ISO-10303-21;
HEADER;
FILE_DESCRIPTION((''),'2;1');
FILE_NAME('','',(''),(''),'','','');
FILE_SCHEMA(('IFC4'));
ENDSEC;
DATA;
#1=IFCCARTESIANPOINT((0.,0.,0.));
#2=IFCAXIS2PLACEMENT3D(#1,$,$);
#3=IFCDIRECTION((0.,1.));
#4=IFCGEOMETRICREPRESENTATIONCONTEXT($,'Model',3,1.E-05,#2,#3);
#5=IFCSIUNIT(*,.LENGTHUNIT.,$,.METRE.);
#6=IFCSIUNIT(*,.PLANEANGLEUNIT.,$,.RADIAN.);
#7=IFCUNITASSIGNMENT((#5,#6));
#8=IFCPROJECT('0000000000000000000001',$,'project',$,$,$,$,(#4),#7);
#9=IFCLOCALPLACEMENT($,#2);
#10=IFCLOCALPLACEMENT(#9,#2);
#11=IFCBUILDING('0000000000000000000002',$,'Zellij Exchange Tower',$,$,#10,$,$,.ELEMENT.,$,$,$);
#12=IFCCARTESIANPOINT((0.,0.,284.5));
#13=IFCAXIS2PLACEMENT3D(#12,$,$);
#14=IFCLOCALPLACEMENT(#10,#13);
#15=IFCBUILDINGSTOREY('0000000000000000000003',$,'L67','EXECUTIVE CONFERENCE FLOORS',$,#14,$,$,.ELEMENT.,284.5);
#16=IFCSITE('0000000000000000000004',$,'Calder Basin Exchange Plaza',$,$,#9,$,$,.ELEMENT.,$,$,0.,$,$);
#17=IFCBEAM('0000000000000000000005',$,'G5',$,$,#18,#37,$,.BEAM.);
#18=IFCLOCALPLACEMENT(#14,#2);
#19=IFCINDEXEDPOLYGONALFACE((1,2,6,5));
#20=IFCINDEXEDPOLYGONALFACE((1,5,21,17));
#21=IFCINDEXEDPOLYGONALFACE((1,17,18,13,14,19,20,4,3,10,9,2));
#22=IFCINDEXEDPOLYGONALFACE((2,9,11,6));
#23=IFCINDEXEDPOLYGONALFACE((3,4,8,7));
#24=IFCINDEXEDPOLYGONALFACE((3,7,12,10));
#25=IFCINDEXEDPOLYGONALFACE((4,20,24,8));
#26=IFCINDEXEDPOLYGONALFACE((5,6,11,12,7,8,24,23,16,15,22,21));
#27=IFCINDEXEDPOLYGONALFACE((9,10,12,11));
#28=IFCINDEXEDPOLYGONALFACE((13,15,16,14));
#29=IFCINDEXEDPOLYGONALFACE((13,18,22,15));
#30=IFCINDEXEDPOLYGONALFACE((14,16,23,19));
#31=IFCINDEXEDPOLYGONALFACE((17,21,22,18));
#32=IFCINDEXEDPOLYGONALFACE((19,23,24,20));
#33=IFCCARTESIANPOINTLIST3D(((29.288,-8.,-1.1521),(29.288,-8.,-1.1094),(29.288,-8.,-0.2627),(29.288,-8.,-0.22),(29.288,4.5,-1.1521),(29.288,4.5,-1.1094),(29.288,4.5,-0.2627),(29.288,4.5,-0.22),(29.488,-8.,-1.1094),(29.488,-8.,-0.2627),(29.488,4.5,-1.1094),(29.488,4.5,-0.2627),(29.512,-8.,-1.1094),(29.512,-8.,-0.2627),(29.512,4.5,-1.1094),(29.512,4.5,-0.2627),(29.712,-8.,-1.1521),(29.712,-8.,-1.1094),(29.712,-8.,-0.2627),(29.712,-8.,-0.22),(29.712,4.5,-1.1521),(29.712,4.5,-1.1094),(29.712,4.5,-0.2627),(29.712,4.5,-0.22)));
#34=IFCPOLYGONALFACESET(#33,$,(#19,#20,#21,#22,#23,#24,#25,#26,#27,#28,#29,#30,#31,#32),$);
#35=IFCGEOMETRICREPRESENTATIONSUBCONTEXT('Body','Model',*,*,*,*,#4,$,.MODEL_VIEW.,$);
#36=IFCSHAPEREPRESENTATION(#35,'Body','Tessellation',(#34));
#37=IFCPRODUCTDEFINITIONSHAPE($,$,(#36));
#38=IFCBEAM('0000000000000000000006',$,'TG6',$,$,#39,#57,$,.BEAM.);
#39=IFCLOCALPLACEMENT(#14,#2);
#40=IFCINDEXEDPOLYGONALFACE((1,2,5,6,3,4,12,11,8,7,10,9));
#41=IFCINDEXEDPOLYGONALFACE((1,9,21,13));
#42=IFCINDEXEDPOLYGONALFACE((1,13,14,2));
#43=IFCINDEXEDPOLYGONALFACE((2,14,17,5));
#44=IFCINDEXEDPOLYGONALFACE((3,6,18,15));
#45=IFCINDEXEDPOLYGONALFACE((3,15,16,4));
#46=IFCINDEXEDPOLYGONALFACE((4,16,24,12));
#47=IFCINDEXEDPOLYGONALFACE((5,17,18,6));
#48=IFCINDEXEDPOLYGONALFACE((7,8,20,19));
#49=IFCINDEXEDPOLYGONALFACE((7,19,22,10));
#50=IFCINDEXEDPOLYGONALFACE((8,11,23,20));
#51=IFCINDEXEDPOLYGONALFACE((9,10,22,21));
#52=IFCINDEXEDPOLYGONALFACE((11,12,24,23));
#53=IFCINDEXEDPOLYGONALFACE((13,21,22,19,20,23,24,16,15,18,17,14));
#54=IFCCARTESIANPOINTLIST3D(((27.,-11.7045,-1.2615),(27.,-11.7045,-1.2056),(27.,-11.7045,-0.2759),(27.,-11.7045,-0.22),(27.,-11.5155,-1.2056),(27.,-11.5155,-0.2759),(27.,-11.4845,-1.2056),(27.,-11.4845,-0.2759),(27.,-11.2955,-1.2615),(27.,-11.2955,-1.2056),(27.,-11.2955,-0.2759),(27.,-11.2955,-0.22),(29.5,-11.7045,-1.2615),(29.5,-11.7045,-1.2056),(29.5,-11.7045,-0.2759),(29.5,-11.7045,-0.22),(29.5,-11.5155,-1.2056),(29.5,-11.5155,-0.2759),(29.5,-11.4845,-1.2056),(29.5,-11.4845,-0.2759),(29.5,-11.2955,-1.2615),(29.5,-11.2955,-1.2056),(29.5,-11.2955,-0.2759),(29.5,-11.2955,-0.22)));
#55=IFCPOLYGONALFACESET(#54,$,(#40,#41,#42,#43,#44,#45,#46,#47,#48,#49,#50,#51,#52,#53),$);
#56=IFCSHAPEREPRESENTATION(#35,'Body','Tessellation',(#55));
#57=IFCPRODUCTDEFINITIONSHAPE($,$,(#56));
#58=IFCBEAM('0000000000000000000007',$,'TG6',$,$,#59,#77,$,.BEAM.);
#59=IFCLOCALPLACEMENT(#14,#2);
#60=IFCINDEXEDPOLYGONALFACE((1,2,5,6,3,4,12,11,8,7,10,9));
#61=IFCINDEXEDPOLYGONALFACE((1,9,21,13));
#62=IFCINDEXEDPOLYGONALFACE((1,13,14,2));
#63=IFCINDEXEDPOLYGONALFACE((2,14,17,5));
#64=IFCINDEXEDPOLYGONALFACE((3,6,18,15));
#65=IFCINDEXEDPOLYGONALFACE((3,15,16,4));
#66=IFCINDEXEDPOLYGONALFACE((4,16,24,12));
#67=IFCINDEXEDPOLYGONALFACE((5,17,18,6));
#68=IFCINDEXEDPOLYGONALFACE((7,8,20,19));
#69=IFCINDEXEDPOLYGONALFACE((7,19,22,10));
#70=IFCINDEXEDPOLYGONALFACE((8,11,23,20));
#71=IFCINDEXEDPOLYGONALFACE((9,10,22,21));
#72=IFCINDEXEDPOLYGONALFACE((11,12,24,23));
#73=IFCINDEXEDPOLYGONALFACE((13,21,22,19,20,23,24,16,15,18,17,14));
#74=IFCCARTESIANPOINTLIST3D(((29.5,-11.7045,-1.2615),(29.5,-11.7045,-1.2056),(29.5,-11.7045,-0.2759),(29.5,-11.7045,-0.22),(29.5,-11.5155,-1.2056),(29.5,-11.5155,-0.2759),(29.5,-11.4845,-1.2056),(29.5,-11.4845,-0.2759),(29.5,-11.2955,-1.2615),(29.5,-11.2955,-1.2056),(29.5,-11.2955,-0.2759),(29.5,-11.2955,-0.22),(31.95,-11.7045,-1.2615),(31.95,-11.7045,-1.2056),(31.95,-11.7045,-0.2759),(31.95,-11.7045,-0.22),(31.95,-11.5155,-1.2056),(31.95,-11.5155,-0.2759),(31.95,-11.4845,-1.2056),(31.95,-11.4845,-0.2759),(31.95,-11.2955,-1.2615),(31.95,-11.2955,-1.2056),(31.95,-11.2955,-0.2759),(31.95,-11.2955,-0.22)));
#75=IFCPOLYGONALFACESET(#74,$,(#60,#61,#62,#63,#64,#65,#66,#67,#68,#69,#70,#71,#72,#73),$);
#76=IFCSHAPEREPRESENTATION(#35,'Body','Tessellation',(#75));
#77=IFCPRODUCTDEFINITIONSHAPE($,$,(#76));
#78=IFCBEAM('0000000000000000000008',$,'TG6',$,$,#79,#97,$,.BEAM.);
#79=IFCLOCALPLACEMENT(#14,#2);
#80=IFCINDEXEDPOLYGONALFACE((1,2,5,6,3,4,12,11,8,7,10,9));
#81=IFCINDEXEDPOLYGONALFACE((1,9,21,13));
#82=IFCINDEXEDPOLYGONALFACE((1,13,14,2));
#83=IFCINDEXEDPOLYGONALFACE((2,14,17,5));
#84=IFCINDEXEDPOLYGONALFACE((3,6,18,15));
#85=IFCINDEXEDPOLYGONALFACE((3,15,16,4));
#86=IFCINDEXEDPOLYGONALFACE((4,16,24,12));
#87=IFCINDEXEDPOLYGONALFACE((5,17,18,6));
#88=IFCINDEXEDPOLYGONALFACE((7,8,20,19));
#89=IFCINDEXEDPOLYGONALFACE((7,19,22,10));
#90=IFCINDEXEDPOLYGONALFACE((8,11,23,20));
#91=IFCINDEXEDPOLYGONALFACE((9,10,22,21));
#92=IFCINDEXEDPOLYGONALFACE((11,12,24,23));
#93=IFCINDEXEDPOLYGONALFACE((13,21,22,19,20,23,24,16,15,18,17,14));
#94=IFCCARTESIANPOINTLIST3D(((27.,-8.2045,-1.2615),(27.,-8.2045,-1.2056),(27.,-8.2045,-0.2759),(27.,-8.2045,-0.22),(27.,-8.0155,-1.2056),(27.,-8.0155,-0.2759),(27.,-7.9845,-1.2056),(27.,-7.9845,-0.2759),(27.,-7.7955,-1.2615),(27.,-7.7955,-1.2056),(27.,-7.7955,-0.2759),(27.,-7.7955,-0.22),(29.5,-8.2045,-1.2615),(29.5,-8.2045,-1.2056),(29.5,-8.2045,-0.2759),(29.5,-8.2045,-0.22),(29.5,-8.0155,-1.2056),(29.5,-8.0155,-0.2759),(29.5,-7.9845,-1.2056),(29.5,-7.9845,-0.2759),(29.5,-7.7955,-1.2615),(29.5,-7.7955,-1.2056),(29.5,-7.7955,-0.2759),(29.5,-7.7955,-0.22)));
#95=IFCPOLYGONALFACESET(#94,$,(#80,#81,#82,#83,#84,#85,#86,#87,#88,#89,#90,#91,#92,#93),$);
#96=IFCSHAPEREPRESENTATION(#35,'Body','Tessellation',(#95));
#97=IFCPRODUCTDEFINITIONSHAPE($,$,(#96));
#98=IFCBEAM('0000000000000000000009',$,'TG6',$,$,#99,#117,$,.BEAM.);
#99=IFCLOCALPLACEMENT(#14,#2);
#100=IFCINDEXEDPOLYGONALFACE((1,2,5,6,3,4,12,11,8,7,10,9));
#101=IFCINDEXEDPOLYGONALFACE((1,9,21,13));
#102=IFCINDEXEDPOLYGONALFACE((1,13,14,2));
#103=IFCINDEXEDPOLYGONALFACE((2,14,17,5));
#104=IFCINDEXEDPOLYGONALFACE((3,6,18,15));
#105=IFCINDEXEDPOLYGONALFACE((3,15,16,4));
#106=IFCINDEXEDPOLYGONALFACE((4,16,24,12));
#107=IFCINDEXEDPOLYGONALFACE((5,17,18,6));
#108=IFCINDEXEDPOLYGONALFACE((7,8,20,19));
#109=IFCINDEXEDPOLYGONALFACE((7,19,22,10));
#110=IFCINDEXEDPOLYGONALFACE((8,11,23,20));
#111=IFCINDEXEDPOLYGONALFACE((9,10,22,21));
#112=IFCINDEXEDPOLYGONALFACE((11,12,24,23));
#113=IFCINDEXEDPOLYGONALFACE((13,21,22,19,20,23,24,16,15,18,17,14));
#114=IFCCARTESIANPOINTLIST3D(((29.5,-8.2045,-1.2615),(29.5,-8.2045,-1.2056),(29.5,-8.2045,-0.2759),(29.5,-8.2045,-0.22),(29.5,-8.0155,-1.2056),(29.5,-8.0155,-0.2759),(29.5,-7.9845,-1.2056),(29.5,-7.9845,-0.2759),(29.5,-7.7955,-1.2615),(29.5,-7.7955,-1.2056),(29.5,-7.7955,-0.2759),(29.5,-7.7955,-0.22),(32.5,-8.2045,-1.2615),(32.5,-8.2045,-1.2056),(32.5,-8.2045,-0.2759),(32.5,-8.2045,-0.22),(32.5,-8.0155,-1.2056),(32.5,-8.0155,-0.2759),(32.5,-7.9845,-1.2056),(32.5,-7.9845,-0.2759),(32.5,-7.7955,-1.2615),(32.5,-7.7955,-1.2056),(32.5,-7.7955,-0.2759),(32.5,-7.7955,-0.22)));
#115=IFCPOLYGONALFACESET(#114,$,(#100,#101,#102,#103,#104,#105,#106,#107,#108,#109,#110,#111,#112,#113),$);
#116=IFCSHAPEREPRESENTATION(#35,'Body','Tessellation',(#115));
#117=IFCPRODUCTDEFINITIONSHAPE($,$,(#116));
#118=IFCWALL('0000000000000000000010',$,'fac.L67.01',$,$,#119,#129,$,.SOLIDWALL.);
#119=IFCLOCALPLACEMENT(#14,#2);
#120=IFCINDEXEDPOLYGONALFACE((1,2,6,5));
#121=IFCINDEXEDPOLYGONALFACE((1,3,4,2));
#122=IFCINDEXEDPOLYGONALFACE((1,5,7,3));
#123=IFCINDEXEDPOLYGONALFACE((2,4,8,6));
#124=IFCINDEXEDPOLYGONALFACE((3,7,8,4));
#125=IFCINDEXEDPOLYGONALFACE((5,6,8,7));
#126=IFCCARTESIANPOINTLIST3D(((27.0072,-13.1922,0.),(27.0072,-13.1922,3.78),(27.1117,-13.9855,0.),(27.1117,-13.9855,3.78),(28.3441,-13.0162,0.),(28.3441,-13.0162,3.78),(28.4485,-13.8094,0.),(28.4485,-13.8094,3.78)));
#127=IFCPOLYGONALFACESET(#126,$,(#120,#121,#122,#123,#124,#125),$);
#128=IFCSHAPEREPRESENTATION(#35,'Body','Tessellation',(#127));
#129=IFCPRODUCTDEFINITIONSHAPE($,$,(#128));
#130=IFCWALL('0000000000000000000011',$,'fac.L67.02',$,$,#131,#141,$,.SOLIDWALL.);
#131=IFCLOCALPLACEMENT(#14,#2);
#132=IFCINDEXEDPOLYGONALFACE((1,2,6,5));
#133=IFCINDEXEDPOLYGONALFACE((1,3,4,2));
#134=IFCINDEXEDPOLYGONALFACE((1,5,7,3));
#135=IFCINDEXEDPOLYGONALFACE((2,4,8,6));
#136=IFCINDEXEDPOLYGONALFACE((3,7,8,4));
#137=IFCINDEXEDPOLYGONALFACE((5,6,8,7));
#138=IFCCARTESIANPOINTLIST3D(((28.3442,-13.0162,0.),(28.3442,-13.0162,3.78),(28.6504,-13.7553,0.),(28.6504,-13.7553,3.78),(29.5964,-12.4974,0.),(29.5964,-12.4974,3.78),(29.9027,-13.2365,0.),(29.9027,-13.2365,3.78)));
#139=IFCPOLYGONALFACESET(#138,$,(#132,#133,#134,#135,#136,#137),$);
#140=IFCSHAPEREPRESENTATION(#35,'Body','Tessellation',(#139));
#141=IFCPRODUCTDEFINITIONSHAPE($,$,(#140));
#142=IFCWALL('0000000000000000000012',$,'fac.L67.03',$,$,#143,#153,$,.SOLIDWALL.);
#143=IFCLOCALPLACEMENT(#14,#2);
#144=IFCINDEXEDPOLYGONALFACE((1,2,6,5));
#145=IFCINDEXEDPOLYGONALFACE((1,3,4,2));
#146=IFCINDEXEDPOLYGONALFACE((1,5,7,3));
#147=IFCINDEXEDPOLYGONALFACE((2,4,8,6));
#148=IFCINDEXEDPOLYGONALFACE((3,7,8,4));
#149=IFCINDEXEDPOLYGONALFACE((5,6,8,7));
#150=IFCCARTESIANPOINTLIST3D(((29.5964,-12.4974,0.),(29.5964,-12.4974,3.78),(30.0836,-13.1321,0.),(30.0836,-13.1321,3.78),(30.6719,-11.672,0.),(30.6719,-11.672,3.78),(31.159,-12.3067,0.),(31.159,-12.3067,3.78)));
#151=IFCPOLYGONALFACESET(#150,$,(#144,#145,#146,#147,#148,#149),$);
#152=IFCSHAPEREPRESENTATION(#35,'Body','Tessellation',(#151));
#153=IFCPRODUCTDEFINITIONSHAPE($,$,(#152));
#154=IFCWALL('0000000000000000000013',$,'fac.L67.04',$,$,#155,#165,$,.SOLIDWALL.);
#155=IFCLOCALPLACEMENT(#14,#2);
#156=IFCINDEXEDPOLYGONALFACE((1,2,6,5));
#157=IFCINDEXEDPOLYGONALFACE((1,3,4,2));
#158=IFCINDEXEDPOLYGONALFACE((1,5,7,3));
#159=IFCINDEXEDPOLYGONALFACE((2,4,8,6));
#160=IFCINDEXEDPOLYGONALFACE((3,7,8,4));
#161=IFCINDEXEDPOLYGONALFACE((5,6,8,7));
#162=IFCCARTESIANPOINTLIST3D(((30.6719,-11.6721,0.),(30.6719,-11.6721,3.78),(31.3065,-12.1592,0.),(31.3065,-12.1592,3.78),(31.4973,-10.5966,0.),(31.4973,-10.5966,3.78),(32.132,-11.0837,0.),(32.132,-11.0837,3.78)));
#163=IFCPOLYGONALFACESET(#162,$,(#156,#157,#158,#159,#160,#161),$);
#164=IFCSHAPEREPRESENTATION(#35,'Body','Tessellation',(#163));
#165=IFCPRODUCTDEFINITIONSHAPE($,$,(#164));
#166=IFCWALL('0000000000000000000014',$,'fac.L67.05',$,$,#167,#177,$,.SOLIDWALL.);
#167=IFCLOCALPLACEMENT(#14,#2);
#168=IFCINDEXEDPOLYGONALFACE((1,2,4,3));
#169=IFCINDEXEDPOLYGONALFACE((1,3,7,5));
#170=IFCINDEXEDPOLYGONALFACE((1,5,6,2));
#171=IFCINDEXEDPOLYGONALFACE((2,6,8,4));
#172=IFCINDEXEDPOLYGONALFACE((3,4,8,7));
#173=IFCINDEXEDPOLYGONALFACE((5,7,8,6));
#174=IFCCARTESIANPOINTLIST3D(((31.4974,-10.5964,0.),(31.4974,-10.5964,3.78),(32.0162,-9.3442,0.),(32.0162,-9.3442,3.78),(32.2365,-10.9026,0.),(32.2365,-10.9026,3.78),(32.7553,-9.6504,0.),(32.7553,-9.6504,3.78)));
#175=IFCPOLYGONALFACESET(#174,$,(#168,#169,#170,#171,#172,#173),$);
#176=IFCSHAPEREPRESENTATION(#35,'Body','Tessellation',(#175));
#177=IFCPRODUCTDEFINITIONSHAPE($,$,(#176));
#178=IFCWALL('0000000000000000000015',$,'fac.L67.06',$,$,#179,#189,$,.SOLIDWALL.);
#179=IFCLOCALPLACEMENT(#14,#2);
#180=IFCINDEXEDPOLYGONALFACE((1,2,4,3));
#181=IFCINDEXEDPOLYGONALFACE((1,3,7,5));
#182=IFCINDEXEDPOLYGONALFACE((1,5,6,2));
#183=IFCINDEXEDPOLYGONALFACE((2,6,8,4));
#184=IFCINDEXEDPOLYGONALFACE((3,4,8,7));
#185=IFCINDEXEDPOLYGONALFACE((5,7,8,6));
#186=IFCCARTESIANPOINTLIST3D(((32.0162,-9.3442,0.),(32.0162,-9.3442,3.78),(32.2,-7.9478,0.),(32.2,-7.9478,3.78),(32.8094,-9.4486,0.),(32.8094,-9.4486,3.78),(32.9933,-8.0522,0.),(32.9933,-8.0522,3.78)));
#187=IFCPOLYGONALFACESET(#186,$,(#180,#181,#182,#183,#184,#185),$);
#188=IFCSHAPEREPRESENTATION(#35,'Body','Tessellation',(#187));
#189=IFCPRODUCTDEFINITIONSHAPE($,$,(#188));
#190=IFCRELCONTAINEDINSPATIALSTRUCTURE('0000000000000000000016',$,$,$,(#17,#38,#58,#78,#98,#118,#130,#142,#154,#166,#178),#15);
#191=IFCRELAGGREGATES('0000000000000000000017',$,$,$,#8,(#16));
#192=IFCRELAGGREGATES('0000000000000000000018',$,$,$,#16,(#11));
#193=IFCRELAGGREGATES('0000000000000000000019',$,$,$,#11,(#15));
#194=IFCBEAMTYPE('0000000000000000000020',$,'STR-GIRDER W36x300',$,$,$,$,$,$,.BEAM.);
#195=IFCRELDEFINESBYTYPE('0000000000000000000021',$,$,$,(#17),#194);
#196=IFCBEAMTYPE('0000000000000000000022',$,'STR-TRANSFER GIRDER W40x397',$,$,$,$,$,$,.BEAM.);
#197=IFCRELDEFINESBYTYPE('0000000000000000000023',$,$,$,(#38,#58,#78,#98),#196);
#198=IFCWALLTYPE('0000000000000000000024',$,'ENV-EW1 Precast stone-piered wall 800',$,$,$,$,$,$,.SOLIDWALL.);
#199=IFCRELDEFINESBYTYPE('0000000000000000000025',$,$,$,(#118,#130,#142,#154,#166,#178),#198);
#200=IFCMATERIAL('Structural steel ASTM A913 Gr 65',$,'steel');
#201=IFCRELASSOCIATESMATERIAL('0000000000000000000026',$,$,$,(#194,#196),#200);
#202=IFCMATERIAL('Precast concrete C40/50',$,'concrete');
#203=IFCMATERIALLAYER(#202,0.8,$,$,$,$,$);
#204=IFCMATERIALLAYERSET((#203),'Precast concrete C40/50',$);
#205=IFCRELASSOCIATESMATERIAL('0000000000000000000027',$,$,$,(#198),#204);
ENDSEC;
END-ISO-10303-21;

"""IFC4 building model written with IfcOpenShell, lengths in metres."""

from ifc_helpers import new_model, si_unit, direction, frame, frame_2d, origin, origin_2d, place, context, subcontext, project, spatial, rectangle, i_section, extrude, material, layer, layer_set, material_profile, profile_set, type_object, element, save


model = new_model("IFC4")

# Units and contexts
model_context = context("Model", 3, precision=1e-05, world=origin(), true_north=direction((0.0, 1.0)))
body_context = subcontext(model_context, "Body", "Model", "MODEL_VIEW")
ifc_project = project(units=[si_unit("LENGTHUNIT", "METRE"), si_unit("PLANEANGLEUNIT", "RADIAN")], contexts=[model_context])

# Site, building, storey
site_placement = place(None, origin())
site = spatial("IfcSite", under=ifc_project, at=site_placement, Name="Calder Basin Exchange Plaza", CompositionType="ELEMENT", RefElevation=0.0)
building_placement = place(site_placement, origin())
building = spatial("IfcBuilding", under=site, at=building_placement, Name="Zellij Exchange Tower", CompositionType="ELEMENT")
storey_placement = place(building_placement, frame((0.0, 0.0, 284.5)))
storey = spatial("IfcBuildingStorey", under=building, at=storey_placement, Name="L67", Description="EXECUTIVE CONFERENCE FLOORS", CompositionType="ELEMENT", Elevation=284.5)

# Beams
ifc_material_1 = material(Name="Structural steel ASTM A913 Gr 65", Category="steel")
ifc_material_profile_1 = material_profile(ifc_material_1, i_section(OverallWidth=0.4241, OverallDepth=0.9321, WebThickness=0.0239, FlangeThickness=0.0427, at=origin_2d()), Name="W36x300")
ifc_profile_set_1 = profile_set([ifc_material_profile_1], Name="Structural steel ASTM A913 Gr 65")
beam_type_1 = type_object("IfcBeamType", Name="STR-GIRDER W36x300", PredefinedType="BEAM", material=ifc_profile_set_1)
beam_1_placement = place(storey_placement, frame((29.5, -8.0, -0.686), z_axis=(0.0, 1.0, 0.0), x_axis=(-1.0, 0.0, 0.0)))
element("IfcBeam", 1, at=beam_1_placement, inside=storey, type_object=beam_type_1, Name="G5", PredefinedType="BEAM", context=body_context, shape_type="SweptSolid", body=[
    extrude(i_section(OverallWidth=0.4241, OverallDepth=0.9321, WebThickness=0.0239, FlangeThickness=0.0427, at=origin_2d()), origin(), (0.0, 0.0, 1.0), 12.5),
])
ifc_material_profile_2 = material_profile(ifc_material_1, i_section(OverallWidth=0.4089, OverallDepth=1.0415, WebThickness=0.031, FlangeThickness=0.0559, at=origin_2d()), Name="W40x397")
ifc_profile_set_2 = profile_set([ifc_material_profile_2], Name="Structural steel ASTM A913 Gr 65")
beam_type_2 = type_object("IfcBeamType", Name="STR-TRANSFER GIRDER W40x397", PredefinedType="BEAM", material=ifc_profile_set_2)
beam_2_placement = place(storey_placement, frame((27.0, -11.5, -0.7407), z_axis=(1.0, 0.0, 0.0), x_axis=(0.0, 1.0, 0.0)))
element("IfcBeam", 2, at=beam_2_placement, inside=storey, type_object=beam_type_2, Name="TG6", PredefinedType="BEAM", context=body_context, shape_type="SweptSolid", body=[
    extrude(i_section(OverallWidth=0.4089, OverallDepth=1.0415, WebThickness=0.031, FlangeThickness=0.0559, at=origin_2d()), origin(), (0.0, 0.0, 1.0), 2.5),
])
beam_3_placement = place(storey_placement, frame((29.5, -11.5, -0.7407), z_axis=(1.0, 0.0, 0.0), x_axis=(0.0, 1.0, 0.0)))
element("IfcBeam", 3, at=beam_3_placement, inside=storey, type_object=beam_type_2, Name="TG6", PredefinedType="BEAM", context=body_context, shape_type="SweptSolid", body=[
    extrude(i_section(OverallWidth=0.4089, OverallDepth=1.0415, WebThickness=0.031, FlangeThickness=0.0559, at=origin_2d()), origin(), (0.0, 0.0, 1.0), 2.45),
])
beam_4_placement = place(storey_placement, frame((27.0, -8.0, -0.7407), z_axis=(1.0, 0.0, 0.0), x_axis=(0.0, 1.0, 0.0)))
element("IfcBeam", 4, at=beam_4_placement, inside=storey, type_object=beam_type_2, Name="TG6", PredefinedType="BEAM", context=body_context, shape_type="SweptSolid", body=[
    extrude(i_section(OverallWidth=0.4089, OverallDepth=1.0415, WebThickness=0.031, FlangeThickness=0.0559, at=origin_2d()), origin(), (0.0, 0.0, 1.0), 2.5),
])
beam_5_placement = place(storey_placement, frame((29.5, -8.0, -0.7407), z_axis=(1.0, 0.0, 0.0), x_axis=(0.0, 1.0, 0.0)))
element("IfcBeam", 5, at=beam_5_placement, inside=storey, type_object=beam_type_2, Name="TG6", PredefinedType="BEAM", context=body_context, shape_type="SweptSolid", body=[
    extrude(i_section(OverallWidth=0.4089, OverallDepth=1.0415, WebThickness=0.031, FlangeThickness=0.0559, at=origin_2d()), origin(), (0.0, 0.0, 1.0), 3.0),
])

# Walls
ifc_material_2 = material(Name="Precast concrete C40/50", Category="concrete")
ifc_layer_1 = layer(ifc_material_2, 0.8)
ifc_layer_set_1 = layer_set([ifc_layer_1], Name="Precast concrete C40/50")
wall_type = type_object("IfcWallType", Name="ENV-EW1 Precast stone-piered wall 800", PredefinedType="SOLIDWALL", material=ifc_layer_set_1)
wall_1_placement = place(storey_placement, frame((27.0593, -13.5889, 0.0), z_axis=(0.0, 0.0, 1.0), x_axis=(0.991443, 0.130539, 0.0)))
element("IfcWall", 6, at=wall_1_placement, inside=storey, type_object=wall_type, Name="fac.L67.01", PredefinedType="SOLIDWALL", context=body_context, shape_type="SweptSolid", body=[
    extrude(rectangle(XDim=1.3484, YDim=0.8, at=frame_2d((0.6743, 0.0))), origin(), (0.0, 0.0, 1.0), 3.78),
])
wall_2_placement = place(storey_placement, frame((28.4973, -13.3857, 0.0), z_axis=(0.0, 0.0, 1.0), x_axis=(0.923848, 0.38276, 0.0)))
element("IfcWall", 7, at=wall_2_placement, inside=storey, type_object=wall_type, Name="fac.L67.02", PredefinedType="SOLIDWALL", context=body_context, shape_type="SweptSolid", body=[
    extrude(rectangle(XDim=1.3555, YDim=0.8, at=frame_2d((0.6777, 0.0))), origin(), (0.0, 0.0, 1.0), 3.78),
])
for number, where, z_axis, x_axis, name in (
    (8, (29.8401, -12.8147, 0.0), (0.0, 0.0, 1.0), (0.793273, 0.608866, 0.0), "fac.L67.03"),
    (9, (30.9893, -11.9155, 0.0), (0.0, 0.0, 1.0), (0.608866, 0.793273, 0.0), "fac.L67.04"),
):
    element("IfcWall", number, at=place(storey_placement, frame(where, z_axis=z_axis, x_axis=x_axis)), inside=storey, type_object=wall_type, Name=name, PredefinedType="SOLIDWALL", context=body_context, shape_type="SweptSolid", body=[
        extrude(rectangle(XDim=1.3557, YDim=0.8, at=frame_2d((0.6777, 0.0))), origin(), (0.0, 0.0, 1.0), 3.78),
    ])
wall_3_placement = place(storey_placement, frame((31.8669, -10.7495, 0.0), z_axis=(0.0, 0.0, 1.0), x_axis=(0.38276, 0.923848, 0.0)))
element("IfcWall", 10, at=wall_3_placement, inside=storey, type_object=wall_type, Name="fac.L67.05", PredefinedType="SOLIDWALL", context=body_context, shape_type="SweptSolid", body=[
    extrude(rectangle(XDim=1.3555, YDim=0.8, at=frame_2d((0.6777, 0.0))), origin(), (0.0, 0.0, 1.0), 3.78),
])
wall_4_placement = place(storey_placement, frame((32.4128, -9.3962, 0.0), z_axis=(0.0, 0.0, 1.0), x_axis=(0.130517, 0.991446, 0.0)))
element("IfcWall", 11, at=wall_4_placement, inside=storey, type_object=wall_type, Name="fac.L67.06", PredefinedType="SOLIDWALL", context=body_context, shape_type="SweptSolid", body=[
    extrude(rectangle(XDim=1.4084, YDim=0.8, at=frame_2d((0.7041, 0.0))), origin(), (0.0, 0.0, 1.0), 3.78),
])

save(model, "model.ifc")
